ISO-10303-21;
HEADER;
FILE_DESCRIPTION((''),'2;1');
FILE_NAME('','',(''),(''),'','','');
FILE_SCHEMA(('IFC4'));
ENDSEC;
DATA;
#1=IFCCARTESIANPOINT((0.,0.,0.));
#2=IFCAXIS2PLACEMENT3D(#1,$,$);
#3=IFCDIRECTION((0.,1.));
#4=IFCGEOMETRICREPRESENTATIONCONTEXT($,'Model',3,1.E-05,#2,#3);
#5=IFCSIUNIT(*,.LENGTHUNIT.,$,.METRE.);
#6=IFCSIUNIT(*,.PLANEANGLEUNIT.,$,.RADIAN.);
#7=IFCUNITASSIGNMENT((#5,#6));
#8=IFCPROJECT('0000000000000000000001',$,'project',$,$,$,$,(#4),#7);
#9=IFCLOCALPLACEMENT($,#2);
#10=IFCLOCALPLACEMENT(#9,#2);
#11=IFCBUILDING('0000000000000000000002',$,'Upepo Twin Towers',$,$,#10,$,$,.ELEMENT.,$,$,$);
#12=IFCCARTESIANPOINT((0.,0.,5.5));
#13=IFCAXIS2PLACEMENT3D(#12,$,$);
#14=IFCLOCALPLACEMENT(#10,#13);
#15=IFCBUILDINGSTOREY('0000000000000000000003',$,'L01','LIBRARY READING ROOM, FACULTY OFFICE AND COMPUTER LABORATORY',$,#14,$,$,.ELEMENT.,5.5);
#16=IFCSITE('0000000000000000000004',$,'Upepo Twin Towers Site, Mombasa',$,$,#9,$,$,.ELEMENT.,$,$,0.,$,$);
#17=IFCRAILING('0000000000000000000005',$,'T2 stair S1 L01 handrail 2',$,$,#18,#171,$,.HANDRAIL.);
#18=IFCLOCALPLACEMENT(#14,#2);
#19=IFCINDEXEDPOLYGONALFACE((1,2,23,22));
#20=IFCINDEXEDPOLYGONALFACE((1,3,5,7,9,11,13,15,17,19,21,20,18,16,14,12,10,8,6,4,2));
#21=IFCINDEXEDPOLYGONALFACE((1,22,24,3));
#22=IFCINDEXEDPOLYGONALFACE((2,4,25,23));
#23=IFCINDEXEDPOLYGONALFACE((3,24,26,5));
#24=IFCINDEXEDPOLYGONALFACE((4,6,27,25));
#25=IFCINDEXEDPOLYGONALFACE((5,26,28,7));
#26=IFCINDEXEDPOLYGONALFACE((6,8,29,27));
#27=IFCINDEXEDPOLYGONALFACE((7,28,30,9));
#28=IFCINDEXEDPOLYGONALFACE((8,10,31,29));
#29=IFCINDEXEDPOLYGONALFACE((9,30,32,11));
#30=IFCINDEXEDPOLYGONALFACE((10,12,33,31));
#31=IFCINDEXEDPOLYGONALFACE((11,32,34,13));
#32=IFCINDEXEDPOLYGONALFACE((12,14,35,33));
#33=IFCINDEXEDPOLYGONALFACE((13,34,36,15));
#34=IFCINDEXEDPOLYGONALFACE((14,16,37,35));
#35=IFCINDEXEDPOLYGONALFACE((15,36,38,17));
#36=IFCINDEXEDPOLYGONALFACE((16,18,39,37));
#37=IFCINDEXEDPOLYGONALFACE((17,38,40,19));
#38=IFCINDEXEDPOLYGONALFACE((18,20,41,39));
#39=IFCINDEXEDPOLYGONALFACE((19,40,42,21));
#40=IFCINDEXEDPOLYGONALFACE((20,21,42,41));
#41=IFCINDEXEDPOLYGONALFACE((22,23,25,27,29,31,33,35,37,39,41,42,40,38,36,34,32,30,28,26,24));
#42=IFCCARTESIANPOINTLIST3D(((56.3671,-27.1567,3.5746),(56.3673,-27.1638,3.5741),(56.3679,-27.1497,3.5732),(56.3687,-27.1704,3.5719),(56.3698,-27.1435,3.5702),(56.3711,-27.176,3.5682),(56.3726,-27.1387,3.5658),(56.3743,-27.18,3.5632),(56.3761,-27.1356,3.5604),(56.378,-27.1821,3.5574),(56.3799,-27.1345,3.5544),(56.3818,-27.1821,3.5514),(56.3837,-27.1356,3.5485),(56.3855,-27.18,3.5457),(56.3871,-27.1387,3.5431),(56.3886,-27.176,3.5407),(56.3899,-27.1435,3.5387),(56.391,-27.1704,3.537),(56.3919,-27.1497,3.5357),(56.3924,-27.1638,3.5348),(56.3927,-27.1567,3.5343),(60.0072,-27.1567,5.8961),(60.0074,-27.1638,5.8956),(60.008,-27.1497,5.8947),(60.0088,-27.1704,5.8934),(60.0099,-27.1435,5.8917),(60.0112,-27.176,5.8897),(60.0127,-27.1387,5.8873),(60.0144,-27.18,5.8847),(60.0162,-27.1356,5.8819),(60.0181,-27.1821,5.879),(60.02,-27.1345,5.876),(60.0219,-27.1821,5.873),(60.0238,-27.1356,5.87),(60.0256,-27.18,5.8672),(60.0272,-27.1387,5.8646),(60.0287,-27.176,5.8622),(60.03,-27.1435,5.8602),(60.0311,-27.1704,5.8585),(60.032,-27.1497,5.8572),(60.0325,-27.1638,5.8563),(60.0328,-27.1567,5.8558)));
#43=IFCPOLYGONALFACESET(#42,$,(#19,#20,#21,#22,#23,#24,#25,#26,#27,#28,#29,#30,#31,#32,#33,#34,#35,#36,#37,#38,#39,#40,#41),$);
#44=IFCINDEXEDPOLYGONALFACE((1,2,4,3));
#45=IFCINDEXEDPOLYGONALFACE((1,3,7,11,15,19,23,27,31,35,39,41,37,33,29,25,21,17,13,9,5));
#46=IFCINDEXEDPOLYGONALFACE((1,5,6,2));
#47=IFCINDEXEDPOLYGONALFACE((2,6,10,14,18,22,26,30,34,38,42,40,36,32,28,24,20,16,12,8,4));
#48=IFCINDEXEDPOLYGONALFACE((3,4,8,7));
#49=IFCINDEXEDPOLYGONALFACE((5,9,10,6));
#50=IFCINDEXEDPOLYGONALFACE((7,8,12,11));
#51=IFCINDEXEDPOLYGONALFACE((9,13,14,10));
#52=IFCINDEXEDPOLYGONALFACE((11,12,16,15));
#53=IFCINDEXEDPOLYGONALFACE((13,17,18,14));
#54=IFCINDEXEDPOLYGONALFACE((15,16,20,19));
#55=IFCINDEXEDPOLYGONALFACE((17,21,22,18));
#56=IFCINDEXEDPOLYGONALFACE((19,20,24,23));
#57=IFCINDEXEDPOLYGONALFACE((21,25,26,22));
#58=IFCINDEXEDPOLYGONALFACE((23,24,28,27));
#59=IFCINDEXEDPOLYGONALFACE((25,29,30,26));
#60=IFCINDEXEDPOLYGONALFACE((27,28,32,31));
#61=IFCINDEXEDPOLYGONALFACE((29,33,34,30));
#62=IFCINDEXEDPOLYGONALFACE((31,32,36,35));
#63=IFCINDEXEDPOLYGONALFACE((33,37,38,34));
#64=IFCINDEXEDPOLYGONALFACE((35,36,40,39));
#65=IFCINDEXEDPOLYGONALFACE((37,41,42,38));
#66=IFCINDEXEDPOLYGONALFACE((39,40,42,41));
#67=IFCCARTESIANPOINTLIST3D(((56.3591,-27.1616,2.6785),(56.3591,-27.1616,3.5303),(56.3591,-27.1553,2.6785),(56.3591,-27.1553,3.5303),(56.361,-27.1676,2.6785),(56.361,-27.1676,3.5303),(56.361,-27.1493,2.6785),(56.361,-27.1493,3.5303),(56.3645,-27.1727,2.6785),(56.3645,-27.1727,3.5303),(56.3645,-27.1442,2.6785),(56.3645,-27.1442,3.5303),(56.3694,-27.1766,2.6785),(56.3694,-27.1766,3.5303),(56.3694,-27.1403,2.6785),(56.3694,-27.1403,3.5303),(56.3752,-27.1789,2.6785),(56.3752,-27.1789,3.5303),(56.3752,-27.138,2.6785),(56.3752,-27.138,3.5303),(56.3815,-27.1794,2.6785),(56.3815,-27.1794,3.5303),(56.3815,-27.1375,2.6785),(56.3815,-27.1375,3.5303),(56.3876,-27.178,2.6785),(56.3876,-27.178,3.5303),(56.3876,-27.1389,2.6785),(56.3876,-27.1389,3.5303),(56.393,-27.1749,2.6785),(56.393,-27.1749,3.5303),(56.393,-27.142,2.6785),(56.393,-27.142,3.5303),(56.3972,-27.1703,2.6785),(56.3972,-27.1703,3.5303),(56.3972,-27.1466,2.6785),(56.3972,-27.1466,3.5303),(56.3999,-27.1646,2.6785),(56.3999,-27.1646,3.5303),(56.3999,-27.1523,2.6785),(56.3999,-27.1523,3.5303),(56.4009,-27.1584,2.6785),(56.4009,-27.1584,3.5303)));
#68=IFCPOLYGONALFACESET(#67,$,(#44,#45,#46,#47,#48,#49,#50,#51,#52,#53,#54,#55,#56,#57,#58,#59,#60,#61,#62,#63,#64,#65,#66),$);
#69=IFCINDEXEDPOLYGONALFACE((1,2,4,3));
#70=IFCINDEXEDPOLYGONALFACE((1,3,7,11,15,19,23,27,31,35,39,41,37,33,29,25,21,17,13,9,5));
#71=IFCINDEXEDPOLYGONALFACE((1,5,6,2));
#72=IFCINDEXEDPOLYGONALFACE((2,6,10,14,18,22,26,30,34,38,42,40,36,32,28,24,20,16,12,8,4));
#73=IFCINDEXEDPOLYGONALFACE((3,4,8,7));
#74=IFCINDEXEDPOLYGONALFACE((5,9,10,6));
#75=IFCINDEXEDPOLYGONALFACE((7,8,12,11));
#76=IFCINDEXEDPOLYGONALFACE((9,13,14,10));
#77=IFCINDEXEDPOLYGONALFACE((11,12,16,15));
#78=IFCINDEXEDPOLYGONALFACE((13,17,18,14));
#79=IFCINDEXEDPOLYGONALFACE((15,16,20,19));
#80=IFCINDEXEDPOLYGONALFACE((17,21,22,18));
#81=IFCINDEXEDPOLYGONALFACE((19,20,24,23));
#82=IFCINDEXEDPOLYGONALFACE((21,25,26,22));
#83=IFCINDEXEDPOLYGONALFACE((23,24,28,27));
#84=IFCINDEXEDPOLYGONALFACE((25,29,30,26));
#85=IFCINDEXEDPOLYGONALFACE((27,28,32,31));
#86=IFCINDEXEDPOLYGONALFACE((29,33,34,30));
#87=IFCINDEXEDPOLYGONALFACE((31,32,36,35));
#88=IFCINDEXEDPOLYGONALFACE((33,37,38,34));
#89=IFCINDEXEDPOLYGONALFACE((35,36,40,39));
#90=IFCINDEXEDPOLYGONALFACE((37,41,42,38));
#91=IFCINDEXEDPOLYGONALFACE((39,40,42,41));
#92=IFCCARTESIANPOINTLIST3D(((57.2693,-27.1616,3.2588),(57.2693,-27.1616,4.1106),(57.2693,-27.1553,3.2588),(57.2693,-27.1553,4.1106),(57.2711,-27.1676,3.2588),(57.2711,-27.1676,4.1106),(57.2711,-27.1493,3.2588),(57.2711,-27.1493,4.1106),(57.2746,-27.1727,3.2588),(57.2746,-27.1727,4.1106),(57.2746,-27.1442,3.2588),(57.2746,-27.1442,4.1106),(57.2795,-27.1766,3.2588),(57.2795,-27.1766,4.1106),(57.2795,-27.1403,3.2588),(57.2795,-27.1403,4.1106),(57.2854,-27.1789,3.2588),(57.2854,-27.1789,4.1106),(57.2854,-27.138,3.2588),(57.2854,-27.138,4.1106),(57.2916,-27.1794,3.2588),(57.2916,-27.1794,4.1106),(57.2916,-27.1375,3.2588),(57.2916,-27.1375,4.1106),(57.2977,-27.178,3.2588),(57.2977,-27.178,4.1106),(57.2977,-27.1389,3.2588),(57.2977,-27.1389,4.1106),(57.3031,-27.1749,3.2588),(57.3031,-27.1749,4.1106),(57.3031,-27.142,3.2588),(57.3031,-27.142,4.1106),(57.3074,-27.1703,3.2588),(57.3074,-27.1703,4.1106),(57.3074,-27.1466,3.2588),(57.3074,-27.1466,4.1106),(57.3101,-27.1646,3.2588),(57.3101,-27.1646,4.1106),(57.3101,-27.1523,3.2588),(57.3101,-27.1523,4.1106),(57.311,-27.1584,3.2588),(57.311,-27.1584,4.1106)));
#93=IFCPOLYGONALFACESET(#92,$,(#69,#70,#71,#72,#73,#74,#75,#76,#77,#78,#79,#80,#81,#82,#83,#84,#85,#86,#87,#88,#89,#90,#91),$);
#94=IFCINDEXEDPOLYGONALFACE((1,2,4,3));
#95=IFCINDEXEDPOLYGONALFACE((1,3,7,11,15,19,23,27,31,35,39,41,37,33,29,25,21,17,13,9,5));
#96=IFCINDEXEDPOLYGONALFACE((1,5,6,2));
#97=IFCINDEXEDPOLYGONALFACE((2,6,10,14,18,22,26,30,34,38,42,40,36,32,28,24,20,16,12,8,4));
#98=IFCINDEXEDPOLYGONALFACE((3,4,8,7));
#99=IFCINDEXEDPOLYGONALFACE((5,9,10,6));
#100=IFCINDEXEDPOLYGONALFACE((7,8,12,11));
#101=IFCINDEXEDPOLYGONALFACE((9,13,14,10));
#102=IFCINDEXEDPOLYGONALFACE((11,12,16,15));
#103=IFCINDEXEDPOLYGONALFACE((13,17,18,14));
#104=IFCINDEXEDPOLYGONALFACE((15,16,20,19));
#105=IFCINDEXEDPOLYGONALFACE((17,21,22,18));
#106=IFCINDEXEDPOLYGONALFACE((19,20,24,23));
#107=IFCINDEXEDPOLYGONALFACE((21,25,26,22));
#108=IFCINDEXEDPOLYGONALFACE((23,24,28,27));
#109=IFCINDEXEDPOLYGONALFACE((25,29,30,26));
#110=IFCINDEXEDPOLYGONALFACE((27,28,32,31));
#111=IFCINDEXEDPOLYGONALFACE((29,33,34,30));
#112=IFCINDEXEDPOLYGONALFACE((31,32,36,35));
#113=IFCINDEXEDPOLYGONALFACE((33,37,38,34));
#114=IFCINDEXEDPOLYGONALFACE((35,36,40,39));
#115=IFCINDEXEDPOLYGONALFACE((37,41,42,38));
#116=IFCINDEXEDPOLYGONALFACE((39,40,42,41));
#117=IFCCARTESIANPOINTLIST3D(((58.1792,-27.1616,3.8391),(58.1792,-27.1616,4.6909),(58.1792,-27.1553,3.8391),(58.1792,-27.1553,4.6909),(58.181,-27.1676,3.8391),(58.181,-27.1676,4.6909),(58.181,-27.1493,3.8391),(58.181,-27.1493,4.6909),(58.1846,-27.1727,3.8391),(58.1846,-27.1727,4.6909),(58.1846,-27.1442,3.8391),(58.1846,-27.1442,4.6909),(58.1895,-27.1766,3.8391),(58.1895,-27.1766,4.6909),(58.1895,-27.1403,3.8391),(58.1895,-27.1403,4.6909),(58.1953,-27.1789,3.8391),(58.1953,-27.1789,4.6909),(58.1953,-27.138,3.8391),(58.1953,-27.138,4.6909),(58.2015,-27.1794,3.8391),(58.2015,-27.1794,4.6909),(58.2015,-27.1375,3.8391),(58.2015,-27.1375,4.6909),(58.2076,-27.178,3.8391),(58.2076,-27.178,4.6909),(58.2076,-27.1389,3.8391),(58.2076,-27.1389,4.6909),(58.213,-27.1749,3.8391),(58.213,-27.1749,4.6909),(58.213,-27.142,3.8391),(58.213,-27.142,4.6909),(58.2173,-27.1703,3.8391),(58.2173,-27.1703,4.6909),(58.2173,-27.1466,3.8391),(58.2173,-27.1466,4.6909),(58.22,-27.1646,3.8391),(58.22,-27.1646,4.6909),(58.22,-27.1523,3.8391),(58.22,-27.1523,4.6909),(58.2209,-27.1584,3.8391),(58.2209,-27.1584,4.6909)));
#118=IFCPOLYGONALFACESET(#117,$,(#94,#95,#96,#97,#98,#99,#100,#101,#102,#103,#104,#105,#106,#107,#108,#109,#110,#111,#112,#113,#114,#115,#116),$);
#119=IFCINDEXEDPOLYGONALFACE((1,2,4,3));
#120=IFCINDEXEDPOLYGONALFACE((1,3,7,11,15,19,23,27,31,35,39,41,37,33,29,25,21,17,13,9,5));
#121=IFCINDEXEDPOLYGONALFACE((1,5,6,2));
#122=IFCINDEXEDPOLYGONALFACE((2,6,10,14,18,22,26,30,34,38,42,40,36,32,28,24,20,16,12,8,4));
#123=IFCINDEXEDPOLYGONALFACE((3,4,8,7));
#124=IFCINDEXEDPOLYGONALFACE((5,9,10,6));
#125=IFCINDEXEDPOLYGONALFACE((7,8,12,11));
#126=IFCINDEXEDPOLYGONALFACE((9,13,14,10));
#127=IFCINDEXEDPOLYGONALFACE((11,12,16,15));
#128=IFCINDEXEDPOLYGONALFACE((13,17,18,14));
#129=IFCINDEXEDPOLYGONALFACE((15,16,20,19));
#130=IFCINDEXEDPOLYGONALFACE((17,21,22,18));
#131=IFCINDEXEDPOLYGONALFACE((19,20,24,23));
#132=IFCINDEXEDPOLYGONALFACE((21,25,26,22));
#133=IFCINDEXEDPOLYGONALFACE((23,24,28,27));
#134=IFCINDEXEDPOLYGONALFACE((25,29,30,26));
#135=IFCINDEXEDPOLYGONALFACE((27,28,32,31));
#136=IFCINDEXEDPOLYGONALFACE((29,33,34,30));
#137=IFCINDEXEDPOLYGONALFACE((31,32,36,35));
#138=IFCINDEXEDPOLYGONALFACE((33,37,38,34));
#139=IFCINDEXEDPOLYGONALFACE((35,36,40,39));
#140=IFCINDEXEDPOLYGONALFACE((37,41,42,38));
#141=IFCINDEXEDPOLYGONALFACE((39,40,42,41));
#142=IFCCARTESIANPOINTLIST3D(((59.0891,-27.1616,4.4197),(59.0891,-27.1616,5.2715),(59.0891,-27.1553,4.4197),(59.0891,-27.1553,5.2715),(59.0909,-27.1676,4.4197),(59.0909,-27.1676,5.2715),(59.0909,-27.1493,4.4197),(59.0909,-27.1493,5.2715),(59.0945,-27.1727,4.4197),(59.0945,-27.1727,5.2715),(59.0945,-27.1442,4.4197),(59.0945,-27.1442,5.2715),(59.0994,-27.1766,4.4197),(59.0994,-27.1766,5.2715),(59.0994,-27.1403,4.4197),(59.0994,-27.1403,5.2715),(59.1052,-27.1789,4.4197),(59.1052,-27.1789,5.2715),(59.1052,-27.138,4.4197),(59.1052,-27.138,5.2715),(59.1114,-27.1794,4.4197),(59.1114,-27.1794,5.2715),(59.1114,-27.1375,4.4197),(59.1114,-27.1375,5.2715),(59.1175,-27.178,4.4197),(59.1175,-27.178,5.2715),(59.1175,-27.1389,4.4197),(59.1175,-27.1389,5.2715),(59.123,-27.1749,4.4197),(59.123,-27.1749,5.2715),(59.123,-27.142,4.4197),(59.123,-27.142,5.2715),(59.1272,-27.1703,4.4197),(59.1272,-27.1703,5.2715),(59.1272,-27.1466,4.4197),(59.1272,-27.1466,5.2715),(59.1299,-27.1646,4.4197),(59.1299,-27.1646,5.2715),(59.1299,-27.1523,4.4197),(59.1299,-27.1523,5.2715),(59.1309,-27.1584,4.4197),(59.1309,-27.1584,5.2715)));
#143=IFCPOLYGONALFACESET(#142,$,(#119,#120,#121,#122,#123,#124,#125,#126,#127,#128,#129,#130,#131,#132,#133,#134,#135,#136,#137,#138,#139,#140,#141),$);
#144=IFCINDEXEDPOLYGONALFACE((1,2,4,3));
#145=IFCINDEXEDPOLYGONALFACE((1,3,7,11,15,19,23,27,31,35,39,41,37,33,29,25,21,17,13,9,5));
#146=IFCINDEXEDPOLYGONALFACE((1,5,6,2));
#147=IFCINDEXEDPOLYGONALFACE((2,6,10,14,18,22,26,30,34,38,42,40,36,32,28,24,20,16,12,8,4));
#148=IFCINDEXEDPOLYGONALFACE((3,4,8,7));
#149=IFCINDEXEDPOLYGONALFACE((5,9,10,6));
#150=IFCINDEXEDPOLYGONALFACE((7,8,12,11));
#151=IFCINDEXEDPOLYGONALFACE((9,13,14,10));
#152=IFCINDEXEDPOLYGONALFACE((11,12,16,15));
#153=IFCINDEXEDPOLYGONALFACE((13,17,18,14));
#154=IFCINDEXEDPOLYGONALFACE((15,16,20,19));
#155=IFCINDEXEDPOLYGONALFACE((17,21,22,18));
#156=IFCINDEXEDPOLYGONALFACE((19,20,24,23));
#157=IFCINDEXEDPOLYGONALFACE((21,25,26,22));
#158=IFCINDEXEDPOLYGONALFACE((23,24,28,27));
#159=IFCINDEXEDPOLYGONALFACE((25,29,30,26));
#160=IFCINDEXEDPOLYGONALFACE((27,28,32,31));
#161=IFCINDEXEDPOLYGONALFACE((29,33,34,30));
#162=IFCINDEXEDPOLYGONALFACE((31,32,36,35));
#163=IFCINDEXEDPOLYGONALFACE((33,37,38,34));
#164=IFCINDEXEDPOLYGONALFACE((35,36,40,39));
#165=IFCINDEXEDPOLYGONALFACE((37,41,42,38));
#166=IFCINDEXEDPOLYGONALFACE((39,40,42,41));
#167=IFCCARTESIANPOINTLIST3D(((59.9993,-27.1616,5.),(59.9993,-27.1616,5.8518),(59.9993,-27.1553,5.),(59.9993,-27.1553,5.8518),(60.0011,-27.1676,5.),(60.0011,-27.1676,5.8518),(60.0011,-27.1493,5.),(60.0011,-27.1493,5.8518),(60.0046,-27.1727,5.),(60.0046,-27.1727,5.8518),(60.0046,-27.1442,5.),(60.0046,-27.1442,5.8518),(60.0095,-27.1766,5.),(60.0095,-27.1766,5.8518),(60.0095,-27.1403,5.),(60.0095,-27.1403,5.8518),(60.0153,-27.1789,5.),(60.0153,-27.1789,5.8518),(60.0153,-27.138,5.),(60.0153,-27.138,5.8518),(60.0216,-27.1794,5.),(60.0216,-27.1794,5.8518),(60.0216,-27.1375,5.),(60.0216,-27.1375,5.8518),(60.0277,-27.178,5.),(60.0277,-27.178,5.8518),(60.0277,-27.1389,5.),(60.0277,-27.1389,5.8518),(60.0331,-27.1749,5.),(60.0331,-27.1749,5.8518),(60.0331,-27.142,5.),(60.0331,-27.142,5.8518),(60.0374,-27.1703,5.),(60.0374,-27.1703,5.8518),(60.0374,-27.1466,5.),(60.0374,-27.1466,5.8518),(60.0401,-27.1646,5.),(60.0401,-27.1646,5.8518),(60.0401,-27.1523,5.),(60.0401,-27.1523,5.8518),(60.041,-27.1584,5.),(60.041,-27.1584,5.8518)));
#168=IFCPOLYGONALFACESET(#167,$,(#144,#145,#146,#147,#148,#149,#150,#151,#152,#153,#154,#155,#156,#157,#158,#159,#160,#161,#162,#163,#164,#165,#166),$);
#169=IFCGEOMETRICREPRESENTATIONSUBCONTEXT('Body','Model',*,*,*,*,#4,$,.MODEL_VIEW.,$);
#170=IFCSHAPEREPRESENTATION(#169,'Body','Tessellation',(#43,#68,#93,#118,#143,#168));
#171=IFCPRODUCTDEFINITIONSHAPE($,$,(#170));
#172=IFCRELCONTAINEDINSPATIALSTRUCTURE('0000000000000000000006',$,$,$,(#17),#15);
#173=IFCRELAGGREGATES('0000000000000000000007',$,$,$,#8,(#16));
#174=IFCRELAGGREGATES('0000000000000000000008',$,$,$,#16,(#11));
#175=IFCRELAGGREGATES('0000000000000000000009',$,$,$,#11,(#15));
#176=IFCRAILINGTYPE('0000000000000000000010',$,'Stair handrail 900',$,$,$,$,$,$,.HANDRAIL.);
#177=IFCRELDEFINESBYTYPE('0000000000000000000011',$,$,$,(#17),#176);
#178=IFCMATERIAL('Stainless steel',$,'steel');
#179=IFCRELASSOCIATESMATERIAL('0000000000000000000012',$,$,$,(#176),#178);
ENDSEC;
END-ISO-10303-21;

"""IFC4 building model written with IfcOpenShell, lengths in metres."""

from ifc_helpers import new_model, si_unit, direction, frame, origin, origin_2d, place, context, subcontext, project, spatial, circle, extrude, material, type_object, element, save


model = new_model("IFC4")

# Units and contexts
model_context = context("Model", 3, precision=1e-05, world=origin(), true_north=direction((0.0, 1.0)))
body_context = subcontext(model_context, "Body", "Model", "MODEL_VIEW")
ifc_project = project(units=[si_unit("LENGTHUNIT", "METRE"), si_unit("PLANEANGLEUNIT", "RADIAN")], contexts=[model_context])

# Site, building, storey
site_placement = place(None, origin())
site = spatial("IfcSite", under=ifc_project, at=site_placement, Name="Upepo Twin Towers Site, Mombasa", CompositionType="ELEMENT", RefElevation=0.0)
building_placement = place(site_placement, origin())
building = spatial("IfcBuilding", under=site, at=building_placement, Name="Upepo Twin Towers", CompositionType="ELEMENT")
storey_placement = place(building_placement, frame((0.0, 0.0, 5.5)))
storey = spatial("IfcBuildingStorey", under=building, at=storey_placement, Name="L01", Description="LIBRARY READING ROOM, FACULTY OFFICE AND COMPUTER LABORATORY", CompositionType="ELEMENT", Elevation=5.5)

# Railing
ifc_material_1 = material(Name="Stainless steel", Category="steel")
railing_type = type_object("IfcRailingType", Name="Stair handrail 900", PredefinedType="HANDRAIL", material=ifc_material_1)
railing_1_placement = place(storey_placement, frame((56.3799, -27.1584, 2.6785)))
element("IfcRailing", 1, at=railing_1_placement, inside=storey, type_object=railing_type, Name="T2 stair S1 L01 handrail 2", PredefinedType="HANDRAIL", context=body_context, shape_type="SweptSolid", body=[
    extrude(circle(Radius=0.0239, at=origin_2d()), frame((0.0, 0.0, 0.876), z_axis=(0.843128, 0.0, 0.537713), x_axis=(0.0, 1.0, 0.0)), (0.0, 0.0, 1.0), 4.3174),
    extrude(circle(Radius=0.021, at=origin_2d()), origin(), (0.0, 0.0, 1.0), 0.8518),
    extrude(circle(Radius=0.021, at=origin_2d()), frame((0.9102, 0.0, 0.5803)), (0.0, 0.0, 1.0), 0.8518),
    extrude(circle(Radius=0.021, at=origin_2d()), frame((1.8201, 0.0, 1.1606)), (0.0, 0.0, 1.0), 0.8518),
    extrude(circle(Radius=0.021, at=origin_2d()), frame((2.73, 0.0, 1.7412)), (0.0, 0.0, 1.0), 0.8518),
    extrude(circle(Radius=0.021, at=origin_2d()), frame((3.6401, 0.0, 2.3215)), (0.0, 0.0, 1.0), 0.8518),
])

save(model, "model.ifc")
